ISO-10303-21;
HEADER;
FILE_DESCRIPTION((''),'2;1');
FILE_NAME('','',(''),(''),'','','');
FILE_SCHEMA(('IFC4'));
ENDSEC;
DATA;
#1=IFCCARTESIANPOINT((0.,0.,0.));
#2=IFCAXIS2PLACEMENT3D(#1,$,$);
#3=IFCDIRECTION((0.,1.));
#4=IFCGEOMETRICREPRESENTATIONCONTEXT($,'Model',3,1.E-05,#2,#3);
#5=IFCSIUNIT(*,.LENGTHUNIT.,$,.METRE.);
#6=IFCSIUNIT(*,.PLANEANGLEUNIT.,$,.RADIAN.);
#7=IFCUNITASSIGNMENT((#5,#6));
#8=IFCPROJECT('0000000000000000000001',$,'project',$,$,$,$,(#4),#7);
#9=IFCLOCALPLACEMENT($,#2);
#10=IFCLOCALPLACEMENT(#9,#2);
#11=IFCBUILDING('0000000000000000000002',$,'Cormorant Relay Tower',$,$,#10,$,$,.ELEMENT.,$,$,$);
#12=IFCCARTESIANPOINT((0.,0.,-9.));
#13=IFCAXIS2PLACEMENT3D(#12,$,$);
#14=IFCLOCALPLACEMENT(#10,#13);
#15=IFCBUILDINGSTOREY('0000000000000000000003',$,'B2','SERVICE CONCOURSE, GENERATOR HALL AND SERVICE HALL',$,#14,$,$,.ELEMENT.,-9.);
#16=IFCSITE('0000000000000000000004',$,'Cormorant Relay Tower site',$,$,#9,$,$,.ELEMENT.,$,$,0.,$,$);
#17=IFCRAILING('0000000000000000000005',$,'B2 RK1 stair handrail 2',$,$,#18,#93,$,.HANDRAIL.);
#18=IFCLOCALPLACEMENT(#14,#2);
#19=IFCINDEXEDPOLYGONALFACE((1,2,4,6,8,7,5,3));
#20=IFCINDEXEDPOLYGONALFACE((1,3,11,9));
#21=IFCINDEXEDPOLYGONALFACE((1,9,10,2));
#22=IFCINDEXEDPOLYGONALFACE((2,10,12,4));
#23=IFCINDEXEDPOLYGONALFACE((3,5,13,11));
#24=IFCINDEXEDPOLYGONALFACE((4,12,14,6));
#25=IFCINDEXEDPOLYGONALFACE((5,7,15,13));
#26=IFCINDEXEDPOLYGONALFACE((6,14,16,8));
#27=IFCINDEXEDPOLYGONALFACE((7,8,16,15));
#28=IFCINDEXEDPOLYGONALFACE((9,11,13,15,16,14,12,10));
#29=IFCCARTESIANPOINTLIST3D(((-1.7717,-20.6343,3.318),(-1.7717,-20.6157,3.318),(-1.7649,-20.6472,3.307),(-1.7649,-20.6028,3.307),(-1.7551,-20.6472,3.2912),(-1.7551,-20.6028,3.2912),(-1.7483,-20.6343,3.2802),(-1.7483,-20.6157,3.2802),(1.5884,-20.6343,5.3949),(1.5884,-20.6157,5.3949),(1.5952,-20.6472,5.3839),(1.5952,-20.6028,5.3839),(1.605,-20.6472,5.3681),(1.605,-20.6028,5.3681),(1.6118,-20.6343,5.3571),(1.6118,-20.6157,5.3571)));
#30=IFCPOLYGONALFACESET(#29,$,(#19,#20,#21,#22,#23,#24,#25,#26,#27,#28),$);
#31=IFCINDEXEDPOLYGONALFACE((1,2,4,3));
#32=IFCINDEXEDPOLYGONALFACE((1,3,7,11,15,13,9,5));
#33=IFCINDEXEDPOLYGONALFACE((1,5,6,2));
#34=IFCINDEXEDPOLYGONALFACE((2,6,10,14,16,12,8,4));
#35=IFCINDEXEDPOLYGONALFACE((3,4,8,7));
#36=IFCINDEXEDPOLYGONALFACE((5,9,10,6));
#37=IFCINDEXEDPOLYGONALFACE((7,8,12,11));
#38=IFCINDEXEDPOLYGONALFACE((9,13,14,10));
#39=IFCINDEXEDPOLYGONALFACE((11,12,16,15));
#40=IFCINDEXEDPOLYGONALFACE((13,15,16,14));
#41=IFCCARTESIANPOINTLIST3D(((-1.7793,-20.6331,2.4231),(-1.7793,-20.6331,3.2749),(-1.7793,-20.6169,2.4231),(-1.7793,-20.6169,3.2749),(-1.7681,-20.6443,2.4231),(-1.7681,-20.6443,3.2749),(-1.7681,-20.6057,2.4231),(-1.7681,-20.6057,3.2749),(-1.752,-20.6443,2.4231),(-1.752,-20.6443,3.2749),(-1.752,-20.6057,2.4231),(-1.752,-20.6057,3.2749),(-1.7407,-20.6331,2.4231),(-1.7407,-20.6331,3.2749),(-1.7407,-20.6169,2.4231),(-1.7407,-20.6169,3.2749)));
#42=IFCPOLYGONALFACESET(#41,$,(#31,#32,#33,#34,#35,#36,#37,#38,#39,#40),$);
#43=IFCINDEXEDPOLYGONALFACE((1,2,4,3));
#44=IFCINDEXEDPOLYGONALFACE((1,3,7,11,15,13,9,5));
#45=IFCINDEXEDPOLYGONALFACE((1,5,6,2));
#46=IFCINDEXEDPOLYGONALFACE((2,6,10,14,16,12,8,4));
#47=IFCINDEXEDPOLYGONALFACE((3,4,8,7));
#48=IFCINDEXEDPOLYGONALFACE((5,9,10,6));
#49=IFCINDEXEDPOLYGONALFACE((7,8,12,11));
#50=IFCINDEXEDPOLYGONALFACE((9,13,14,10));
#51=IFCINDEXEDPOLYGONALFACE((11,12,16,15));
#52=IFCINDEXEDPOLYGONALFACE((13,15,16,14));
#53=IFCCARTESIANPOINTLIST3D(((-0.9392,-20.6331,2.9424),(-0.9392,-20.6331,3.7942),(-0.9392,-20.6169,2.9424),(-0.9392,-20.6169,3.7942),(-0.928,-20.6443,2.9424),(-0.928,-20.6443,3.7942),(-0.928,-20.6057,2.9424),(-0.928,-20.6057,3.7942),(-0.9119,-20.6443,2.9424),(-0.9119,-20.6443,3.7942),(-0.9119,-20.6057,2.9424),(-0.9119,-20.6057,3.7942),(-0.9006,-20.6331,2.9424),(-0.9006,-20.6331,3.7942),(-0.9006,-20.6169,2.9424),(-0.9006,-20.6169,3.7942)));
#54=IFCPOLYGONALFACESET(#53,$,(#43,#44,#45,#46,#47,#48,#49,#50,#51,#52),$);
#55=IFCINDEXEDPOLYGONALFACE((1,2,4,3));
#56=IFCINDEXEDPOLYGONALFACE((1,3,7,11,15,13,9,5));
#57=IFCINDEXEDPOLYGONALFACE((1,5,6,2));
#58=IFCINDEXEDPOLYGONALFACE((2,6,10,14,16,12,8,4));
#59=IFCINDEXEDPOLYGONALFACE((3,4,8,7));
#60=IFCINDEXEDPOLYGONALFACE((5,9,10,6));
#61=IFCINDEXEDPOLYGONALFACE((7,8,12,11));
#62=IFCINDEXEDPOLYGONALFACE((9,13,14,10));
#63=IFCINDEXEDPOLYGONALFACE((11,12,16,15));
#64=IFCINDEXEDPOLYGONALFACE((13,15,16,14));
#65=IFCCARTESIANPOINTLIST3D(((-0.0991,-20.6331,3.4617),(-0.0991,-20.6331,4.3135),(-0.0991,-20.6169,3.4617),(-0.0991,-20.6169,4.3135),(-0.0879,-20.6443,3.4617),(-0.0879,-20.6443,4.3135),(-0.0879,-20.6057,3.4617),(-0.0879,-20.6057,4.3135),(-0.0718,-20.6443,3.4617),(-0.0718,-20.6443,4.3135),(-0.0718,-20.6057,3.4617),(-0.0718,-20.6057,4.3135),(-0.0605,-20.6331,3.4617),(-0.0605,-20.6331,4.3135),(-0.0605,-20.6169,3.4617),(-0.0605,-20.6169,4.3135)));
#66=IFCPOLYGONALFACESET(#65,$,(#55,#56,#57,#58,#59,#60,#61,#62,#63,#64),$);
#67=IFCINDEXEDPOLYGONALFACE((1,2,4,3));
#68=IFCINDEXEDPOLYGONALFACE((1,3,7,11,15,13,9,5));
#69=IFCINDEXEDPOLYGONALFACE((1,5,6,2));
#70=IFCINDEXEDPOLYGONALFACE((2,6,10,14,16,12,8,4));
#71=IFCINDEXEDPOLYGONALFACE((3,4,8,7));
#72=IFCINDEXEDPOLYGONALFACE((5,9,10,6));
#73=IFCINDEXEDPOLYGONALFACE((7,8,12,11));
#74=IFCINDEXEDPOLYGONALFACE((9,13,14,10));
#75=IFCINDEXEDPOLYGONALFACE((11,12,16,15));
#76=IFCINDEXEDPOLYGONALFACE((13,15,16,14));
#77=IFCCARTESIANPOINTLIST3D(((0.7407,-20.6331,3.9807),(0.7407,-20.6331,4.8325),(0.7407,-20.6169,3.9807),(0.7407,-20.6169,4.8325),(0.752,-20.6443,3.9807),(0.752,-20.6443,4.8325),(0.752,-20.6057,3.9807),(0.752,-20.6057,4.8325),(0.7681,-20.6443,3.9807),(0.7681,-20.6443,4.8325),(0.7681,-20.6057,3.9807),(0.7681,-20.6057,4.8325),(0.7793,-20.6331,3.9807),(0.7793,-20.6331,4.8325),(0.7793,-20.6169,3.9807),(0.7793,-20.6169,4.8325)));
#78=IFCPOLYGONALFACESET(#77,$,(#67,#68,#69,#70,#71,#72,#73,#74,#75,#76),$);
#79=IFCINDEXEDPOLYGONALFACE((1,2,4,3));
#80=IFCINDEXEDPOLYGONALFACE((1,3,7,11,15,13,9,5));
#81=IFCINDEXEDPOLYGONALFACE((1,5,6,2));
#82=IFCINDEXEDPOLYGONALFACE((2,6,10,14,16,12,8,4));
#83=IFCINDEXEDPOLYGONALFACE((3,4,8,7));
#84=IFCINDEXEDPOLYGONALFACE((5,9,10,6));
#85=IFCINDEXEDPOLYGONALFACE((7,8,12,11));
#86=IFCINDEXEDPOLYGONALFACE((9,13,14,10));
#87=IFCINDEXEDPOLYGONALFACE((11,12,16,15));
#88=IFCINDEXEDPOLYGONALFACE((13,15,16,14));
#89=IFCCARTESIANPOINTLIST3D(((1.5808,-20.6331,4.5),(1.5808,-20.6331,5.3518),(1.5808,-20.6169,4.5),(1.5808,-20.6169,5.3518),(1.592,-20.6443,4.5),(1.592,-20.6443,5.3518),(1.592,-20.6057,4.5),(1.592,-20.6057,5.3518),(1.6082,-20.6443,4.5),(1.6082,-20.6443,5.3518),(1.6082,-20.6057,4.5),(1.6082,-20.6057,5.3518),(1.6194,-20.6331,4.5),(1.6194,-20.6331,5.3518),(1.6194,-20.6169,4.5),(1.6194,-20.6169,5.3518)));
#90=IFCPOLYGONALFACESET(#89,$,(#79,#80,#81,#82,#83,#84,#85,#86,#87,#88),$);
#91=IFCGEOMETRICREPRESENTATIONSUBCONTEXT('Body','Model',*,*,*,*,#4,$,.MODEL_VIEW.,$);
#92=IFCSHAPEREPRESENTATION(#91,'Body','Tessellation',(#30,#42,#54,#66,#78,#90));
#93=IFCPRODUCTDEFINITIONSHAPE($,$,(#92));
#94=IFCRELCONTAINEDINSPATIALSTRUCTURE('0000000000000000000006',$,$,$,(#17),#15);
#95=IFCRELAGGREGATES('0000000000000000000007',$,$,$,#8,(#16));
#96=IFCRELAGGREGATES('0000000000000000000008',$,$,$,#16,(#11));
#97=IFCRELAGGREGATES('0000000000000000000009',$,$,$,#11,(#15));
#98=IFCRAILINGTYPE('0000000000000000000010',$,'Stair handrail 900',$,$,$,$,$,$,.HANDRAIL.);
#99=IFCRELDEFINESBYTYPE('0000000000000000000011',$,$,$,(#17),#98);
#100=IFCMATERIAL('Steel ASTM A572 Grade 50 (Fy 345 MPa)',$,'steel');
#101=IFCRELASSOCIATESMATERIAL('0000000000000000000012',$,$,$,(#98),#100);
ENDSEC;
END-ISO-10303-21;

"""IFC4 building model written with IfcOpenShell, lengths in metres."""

from ifc_helpers import new_model, si_unit, direction, frame, origin, place, context, subcontext, project, spatial, polyline, outline, extrude, material, type_object, element, save


model = new_model("IFC4")

# Units and contexts
model_context = context("Model", 3, precision=1e-05, world=origin(), true_north=direction((0.0, 1.0)))
body_context = subcontext(model_context, "Body", "Model", "MODEL_VIEW")
ifc_project = project(units=[si_unit("LENGTHUNIT", "METRE"), si_unit("PLANEANGLEUNIT", "RADIAN")], contexts=[model_context])

# Site, building, storey
site_placement = place(None, origin())
site = spatial("IfcSite", under=ifc_project, at=site_placement, Name="Cormorant Relay Tower site", CompositionType="ELEMENT", RefElevation=0.0)
building_placement = place(site_placement, origin())
building = spatial("IfcBuilding", under=site, at=building_placement, Name="Cormorant Relay Tower", CompositionType="ELEMENT")
storey_placement = place(building_placement, frame((0.0, 0.0, -9.0)))
storey = spatial("IfcBuildingStorey", under=building, at=storey_placement, Name="B2", Description="SERVICE CONCOURSE, GENERATOR HALL AND SERVICE HALL", CompositionType="ELEMENT", Elevation=-9.0)

# Railing
ifc_material_1 = material(Name="Steel ASTM A572 Grade 50 (Fy 345 MPa)", Category="steel")
railing_type_1 = type_object("IfcRailingType", Name="Stair handrail 900", PredefinedType="HANDRAIL", material=ifc_material_1)
railing_1_placement = place(storey_placement, frame((-1.76, -20.625, 2.4231)))
element("IfcRailing", 1, at=railing_1_placement, inside=storey, type_object=railing_type_1, Name="B2 RK1 stair handrail 2", PredefinedType="HANDRAIL", context=body_context, shape_type="SweptSolid", body=[
    extrude(outline(polyline([(0.0222, 0.0093), (0.0093, 0.0222), (-0.0093, 0.0222), (-0.0222, 0.0093), (-0.0222, -0.0093), (-0.0093, -0.0222), (0.0093, -0.0222), (0.0222, -0.0093), (0.0222, 0.0093)])), frame((0.0, 0.0, 0.876), z_axis=(0.850623, 0.0, 0.525776), x_axis=(0.0, 1.0, 0.0)), (0.0, 0.0, 1.0), 3.9502),
    extrude(outline(polyline([(0.0193, 0.0081), (0.0081, 0.0193), (-0.0081, 0.0193), (-0.0193, 0.0081), (-0.0193, -0.0081), (-0.0081, -0.0193), (0.0081, -0.0193), (0.0193, -0.0081), (0.0193, 0.0081)])), origin(), (0.0, 0.0, 1.0), 0.8518),
    extrude(outline(polyline([(0.0193, 0.0081), (0.0081, 0.0193), (-0.0081, 0.0193), (-0.0193, 0.0081), (-0.0193, -0.0081), (-0.0081, -0.0193), (0.0081, -0.0193), (0.0193, -0.0081), (0.0193, 0.0081)])), frame((0.8401, 0.0, 0.5193)), (0.0, 0.0, 1.0), 0.8518),
    extrude(outline(polyline([(0.0193, 0.0081), (0.0081, 0.0193), (-0.0081, 0.0193), (-0.0193, 0.0081), (-0.0193, -0.0081), (-0.0081, -0.0193), (0.0081, -0.0193), (0.0193, -0.0081), (0.0193, 0.0081)])), frame((1.6802, 0.0, 1.0386)), (0.0, 0.0, 1.0), 0.8518),
    extrude(outline(polyline([(0.0193, 0.0081), (0.0081, 0.0193), (-0.0081, 0.0193), (-0.0193, 0.0081), (-0.0193, -0.0081), (-0.0081, -0.0193), (0.0081, -0.0193), (0.0193, -0.0081), (0.0193, 0.0081)])), frame((2.52, 0.0, 1.5576)), (0.0, 0.0, 1.0), 0.8518),
    extrude(outline(polyline([(0.0193, 0.0081), (0.0081, 0.0193), (-0.0081, 0.0193), (-0.0193, 0.0081), (-0.0193, -0.0081), (-0.0081, -0.0193), (0.0081, -0.0193), (0.0193, -0.0081), (0.0193, 0.0081)])), frame((3.3601, 0.0, 2.0769)), (0.0, 0.0, 1.0), 0.8518),
])

save(model, "model.ifc")
